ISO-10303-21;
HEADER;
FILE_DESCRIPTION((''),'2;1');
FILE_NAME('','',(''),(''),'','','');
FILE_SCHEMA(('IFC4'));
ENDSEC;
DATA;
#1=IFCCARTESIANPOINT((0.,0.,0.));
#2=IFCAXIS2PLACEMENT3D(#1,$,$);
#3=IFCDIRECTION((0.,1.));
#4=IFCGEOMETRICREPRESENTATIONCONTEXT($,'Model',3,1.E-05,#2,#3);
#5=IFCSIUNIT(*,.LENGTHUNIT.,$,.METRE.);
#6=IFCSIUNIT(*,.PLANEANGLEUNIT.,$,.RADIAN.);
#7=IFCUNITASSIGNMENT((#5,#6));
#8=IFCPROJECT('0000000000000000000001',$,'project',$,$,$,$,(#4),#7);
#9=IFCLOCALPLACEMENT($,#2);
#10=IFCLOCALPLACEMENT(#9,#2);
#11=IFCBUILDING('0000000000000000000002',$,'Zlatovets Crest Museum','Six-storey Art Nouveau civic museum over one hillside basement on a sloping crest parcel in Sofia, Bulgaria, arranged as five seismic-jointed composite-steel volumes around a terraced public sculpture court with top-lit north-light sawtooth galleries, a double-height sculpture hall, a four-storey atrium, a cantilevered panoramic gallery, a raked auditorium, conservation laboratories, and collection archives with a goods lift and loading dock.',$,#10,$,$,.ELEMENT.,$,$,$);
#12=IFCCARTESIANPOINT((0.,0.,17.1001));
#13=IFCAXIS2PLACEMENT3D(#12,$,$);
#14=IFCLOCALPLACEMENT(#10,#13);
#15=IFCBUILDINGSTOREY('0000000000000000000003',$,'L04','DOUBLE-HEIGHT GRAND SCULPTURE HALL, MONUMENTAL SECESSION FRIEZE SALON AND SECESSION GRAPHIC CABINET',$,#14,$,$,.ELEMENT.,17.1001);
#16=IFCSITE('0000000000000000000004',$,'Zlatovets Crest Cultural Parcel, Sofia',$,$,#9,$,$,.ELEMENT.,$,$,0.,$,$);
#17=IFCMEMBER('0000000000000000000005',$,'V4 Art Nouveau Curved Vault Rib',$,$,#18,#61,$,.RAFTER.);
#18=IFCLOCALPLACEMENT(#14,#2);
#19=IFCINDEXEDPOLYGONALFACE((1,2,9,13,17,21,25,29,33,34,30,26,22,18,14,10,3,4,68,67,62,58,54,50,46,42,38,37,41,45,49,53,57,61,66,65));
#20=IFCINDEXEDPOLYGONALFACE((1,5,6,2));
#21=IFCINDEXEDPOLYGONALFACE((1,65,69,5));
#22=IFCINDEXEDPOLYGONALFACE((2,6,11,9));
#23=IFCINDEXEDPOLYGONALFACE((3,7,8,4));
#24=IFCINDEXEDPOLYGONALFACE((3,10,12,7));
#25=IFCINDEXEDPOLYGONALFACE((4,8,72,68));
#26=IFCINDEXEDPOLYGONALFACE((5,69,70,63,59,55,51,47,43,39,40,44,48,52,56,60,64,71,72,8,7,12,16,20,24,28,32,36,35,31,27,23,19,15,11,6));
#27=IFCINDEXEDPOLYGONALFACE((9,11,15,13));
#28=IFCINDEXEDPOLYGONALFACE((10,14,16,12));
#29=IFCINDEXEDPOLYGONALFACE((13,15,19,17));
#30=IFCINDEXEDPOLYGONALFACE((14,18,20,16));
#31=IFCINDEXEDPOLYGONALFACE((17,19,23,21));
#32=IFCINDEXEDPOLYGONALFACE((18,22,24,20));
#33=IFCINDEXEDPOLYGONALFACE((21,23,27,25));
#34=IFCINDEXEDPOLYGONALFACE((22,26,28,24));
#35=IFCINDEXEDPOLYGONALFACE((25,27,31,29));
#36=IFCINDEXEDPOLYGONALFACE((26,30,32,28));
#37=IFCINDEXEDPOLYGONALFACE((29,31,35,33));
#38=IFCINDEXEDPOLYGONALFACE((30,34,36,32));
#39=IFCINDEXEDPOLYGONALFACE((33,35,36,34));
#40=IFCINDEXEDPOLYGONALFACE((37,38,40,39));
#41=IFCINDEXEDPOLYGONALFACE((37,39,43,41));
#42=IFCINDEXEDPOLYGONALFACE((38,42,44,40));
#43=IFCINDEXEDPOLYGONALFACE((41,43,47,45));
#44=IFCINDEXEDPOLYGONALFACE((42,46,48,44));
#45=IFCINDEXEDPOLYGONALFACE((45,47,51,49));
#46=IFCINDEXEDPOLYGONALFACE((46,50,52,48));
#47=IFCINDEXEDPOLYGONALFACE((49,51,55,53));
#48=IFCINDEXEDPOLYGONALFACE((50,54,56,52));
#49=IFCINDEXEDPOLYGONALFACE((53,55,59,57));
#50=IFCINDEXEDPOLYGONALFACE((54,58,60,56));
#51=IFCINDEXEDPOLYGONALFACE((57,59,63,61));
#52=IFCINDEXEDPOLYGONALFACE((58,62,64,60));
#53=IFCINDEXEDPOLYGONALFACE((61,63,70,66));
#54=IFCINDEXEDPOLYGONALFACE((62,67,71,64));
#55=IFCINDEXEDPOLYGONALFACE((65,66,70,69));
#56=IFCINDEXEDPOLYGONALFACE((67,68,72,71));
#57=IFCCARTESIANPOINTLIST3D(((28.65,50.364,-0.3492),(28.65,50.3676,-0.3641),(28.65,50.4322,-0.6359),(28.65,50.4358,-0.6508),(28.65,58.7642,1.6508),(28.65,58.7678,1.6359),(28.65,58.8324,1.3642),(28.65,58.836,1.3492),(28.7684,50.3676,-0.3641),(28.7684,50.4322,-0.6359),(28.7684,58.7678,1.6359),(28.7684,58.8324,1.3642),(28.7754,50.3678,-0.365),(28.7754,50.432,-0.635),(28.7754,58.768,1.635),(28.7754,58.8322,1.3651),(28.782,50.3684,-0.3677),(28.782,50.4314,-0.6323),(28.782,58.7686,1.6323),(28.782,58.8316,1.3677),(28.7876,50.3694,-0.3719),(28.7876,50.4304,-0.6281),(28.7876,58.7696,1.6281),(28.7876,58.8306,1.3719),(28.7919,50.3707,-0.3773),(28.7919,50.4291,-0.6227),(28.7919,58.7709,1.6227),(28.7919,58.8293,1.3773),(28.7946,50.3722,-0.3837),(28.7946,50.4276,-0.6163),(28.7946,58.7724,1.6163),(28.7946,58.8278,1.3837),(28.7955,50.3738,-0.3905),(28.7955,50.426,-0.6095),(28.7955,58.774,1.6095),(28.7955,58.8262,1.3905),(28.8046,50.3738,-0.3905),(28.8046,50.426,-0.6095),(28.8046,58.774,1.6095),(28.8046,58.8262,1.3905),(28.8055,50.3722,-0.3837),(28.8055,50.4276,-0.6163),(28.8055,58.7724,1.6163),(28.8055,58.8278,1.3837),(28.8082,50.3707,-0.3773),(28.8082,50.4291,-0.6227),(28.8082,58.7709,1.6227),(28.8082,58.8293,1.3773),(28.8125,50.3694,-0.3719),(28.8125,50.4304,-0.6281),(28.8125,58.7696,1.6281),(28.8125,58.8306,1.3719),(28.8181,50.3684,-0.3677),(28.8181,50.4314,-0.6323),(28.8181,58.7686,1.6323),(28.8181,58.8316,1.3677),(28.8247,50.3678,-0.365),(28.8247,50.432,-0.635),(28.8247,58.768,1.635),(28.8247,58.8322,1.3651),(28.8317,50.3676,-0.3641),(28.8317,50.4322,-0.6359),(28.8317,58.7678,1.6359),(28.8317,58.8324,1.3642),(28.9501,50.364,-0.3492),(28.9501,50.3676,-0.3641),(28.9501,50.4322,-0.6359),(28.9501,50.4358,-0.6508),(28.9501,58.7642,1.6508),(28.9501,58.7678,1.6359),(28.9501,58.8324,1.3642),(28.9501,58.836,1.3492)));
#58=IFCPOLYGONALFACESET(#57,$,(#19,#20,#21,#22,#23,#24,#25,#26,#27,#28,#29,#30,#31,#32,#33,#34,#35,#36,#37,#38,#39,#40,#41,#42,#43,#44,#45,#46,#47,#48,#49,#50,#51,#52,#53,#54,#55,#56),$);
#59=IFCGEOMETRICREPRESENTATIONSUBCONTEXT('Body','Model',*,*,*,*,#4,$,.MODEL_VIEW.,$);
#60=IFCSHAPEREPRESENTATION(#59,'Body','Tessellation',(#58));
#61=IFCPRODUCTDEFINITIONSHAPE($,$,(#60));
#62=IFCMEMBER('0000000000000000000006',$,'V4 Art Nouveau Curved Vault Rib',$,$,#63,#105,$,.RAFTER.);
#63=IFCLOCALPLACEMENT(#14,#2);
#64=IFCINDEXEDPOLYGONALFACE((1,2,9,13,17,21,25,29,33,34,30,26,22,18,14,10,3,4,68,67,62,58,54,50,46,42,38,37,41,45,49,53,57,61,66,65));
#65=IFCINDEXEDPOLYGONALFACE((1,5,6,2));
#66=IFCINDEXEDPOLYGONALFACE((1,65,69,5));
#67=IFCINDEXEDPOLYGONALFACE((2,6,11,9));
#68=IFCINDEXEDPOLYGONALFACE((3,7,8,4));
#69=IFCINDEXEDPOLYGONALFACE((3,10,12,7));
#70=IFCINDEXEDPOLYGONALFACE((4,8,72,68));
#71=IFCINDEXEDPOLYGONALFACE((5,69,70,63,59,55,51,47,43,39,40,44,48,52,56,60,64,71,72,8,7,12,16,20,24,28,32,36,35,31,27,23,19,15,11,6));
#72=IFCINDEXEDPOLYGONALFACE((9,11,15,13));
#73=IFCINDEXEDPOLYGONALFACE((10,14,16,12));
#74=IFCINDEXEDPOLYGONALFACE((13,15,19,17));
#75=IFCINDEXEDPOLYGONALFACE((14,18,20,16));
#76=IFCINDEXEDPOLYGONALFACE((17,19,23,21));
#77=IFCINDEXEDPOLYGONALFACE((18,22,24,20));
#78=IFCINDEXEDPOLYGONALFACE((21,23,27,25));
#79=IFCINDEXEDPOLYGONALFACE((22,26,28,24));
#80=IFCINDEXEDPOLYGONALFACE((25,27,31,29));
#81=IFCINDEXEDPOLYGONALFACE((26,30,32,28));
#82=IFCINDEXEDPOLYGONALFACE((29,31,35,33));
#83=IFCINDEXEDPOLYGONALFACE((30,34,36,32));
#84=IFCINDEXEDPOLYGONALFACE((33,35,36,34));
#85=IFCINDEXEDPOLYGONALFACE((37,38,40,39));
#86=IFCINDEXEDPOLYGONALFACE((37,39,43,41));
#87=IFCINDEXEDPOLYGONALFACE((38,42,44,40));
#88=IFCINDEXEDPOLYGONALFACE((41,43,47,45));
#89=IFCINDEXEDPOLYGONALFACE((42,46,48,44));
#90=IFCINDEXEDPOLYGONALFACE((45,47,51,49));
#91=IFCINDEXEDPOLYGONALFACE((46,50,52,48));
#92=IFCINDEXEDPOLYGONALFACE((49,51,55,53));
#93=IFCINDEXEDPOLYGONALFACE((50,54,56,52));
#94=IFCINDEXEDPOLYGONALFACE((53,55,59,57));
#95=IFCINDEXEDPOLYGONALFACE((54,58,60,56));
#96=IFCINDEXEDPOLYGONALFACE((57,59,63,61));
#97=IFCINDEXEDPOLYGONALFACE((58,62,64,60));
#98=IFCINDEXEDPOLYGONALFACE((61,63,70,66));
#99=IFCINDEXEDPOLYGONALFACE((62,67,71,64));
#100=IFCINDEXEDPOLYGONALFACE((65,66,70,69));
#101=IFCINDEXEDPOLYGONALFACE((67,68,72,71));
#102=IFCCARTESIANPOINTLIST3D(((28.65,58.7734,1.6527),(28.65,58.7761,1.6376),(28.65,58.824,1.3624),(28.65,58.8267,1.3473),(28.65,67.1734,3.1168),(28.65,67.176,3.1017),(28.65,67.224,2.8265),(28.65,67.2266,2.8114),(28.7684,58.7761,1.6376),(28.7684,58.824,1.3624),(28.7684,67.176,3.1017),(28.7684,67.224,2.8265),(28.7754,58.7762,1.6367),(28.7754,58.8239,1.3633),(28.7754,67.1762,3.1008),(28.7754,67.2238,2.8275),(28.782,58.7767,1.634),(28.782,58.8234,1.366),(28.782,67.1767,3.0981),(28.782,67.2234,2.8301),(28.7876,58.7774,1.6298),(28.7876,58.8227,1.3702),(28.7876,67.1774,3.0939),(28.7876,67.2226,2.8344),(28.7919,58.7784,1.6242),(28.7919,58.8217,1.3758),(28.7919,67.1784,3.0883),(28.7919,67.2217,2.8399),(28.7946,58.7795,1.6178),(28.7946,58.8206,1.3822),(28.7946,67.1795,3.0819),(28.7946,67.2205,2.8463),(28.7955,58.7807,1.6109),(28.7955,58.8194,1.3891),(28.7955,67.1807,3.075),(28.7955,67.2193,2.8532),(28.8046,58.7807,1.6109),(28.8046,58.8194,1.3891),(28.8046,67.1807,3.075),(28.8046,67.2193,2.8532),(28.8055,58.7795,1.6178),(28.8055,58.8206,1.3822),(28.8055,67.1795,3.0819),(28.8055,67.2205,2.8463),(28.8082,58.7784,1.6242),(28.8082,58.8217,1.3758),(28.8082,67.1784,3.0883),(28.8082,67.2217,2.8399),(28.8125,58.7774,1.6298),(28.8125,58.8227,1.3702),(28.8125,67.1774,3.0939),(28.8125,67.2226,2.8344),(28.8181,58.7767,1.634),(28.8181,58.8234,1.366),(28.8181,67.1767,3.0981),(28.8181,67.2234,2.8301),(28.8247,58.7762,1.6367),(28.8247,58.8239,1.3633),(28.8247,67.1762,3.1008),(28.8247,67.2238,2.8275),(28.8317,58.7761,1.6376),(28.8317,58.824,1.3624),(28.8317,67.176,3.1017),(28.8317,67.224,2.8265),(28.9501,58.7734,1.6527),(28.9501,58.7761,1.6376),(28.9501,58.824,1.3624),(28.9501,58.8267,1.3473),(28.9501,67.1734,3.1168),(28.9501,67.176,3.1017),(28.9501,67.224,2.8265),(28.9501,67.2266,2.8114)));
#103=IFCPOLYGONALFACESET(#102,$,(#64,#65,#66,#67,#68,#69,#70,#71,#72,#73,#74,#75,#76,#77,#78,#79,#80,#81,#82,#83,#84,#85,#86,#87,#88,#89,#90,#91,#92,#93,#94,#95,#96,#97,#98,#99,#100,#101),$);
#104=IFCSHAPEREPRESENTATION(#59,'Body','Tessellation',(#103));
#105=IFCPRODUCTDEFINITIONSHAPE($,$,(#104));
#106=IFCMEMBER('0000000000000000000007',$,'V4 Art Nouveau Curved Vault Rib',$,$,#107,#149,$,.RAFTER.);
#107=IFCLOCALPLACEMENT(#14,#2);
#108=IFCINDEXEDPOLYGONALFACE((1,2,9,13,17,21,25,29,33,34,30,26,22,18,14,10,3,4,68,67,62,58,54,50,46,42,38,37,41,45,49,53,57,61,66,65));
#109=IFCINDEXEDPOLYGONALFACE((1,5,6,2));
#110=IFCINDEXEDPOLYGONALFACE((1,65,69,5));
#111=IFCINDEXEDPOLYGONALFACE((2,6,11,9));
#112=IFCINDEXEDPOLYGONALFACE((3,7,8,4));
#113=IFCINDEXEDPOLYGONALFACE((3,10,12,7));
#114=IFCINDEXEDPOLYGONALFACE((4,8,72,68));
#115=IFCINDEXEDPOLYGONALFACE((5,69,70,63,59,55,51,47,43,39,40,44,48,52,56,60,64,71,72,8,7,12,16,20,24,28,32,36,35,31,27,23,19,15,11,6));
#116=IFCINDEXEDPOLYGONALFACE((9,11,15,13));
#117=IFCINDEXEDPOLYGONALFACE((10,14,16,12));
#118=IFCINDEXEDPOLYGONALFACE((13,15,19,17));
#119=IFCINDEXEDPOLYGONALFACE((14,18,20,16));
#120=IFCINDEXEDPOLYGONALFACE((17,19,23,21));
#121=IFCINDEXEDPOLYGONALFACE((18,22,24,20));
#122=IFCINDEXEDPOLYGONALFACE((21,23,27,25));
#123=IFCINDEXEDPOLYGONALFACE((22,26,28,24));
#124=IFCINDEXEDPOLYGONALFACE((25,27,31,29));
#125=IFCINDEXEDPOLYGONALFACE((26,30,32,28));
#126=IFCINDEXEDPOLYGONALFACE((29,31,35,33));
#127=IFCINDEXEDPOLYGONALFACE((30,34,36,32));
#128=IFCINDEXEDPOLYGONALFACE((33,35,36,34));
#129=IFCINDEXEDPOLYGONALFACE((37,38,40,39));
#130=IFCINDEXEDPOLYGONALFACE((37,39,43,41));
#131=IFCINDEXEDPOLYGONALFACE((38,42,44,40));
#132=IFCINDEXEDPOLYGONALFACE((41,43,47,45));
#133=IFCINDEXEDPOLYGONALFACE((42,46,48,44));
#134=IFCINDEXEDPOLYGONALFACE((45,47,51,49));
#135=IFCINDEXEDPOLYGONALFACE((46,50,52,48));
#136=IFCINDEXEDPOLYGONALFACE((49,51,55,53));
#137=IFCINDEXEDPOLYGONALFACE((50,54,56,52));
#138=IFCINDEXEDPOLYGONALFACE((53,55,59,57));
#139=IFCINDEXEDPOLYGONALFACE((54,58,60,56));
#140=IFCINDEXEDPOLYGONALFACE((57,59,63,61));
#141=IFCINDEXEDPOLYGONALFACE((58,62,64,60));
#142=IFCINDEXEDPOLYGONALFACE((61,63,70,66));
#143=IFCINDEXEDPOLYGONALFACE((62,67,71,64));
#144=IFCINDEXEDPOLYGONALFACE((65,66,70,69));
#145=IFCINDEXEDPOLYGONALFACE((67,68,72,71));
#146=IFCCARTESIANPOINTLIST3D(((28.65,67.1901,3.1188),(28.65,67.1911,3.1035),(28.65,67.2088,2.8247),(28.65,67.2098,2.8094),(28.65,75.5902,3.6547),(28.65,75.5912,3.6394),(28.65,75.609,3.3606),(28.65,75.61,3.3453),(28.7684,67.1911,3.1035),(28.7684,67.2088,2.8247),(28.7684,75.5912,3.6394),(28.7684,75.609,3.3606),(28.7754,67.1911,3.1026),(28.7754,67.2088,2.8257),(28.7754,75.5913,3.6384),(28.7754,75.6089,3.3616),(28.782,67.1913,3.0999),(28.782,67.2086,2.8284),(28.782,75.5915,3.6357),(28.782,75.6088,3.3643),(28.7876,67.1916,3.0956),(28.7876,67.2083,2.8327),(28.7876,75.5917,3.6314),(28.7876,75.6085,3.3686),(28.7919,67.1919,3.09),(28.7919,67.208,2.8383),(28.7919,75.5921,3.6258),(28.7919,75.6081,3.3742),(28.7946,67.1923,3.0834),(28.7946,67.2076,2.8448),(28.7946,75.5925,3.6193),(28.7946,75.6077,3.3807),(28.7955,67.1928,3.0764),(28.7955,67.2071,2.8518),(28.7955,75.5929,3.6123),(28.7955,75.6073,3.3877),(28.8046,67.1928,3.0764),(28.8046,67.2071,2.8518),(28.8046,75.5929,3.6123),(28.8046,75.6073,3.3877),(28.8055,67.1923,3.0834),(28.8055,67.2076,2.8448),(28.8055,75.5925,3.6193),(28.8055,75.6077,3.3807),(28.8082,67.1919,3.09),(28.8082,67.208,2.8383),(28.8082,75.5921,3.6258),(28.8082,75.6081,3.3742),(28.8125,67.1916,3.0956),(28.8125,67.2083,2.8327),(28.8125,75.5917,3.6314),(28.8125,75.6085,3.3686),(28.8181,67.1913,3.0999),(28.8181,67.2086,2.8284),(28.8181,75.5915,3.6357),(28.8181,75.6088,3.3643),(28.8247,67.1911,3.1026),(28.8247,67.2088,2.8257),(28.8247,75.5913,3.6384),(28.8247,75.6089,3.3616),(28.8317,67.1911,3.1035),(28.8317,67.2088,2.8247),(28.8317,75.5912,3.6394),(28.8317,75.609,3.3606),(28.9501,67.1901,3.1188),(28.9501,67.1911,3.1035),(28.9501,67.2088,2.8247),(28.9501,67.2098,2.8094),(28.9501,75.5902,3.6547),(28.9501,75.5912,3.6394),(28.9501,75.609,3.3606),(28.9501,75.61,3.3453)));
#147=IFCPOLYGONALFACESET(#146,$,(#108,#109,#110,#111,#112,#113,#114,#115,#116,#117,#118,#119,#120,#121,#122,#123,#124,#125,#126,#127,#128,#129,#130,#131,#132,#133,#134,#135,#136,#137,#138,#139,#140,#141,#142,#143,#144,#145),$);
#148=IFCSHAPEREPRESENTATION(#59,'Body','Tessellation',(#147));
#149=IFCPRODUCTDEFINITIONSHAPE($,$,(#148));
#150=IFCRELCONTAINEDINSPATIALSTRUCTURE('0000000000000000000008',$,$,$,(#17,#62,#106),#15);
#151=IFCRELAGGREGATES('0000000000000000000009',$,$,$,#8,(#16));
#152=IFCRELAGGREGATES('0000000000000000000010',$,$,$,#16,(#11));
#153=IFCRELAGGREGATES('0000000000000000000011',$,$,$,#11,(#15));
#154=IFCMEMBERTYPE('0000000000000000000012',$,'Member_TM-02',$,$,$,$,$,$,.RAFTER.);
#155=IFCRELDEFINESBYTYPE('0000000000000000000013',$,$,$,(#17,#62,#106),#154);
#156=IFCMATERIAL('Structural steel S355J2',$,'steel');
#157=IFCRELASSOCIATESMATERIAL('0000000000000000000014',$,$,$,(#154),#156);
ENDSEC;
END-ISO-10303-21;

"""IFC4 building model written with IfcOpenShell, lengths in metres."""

from ifc_helpers import new_model, si_unit, direction, frame, origin, origin_2d, place, context, subcontext, project, spatial, i_section, extrude, material, material_profile, profile_set, type_object, element, save


model = new_model("IFC4")

# Units and contexts
model_context = context("Model", 3, precision=1e-05, world=origin(), true_north=direction((0.0, 1.0)))
body_context = subcontext(model_context, "Body", "Model", "MODEL_VIEW")
ifc_project = project(units=[si_unit("LENGTHUNIT", "METRE"), si_unit("PLANEANGLEUNIT", "RADIAN")], contexts=[model_context])

# Site, building, storey
site_placement = place(None, origin())
site = spatial("IfcSite", under=ifc_project, at=site_placement, Name="Zlatovets Crest Cultural Parcel, Sofia", CompositionType="ELEMENT", RefElevation=0.0)
building_placement = place(site_placement, origin())
building = spatial("IfcBuilding", under=site, at=building_placement, Name="Zlatovets Crest Museum", Description="Six-storey Art Nouveau civic museum over one hillside basement on a sloping crest parcel in Sofia, Bulgaria, arranged as five seismic-jointed composite-steel volumes around a terraced public sculpture court with top-lit north-light sawtooth galleries, a double-height sculpture hall, a four-storey atrium, a cantilevered panoramic gallery, a raked auditorium, conservation laboratories, and collection archives with a goods lift and loading dock.", CompositionType="ELEMENT")
storey_placement = place(building_placement, frame((0.0, 0.0, 17.1001)))
storey = spatial("IfcBuildingStorey", under=building, at=storey_placement, Name="L04", Description="DOUBLE-HEIGHT GRAND SCULPTURE HALL, MONUMENTAL SECESSION FRIEZE SALON AND SECESSION GRAPHIC CABINET", CompositionType="ELEMENT", Elevation=17.1001)

# Shared definitions
ifc_material_1 = material(Name="Structural steel S355J2", Category="steel")

# Members
ifc_material_profile_1 = material_profile(ifc_material_1, i_section(OverallWidth=0.3, OverallDepth=0.3101, WebThickness=0.009, FlangeThickness=0.0154, FilletRadius=0.0271, at=origin_2d()), Name="HEA 320")
ifc_profile_set_1 = profile_set([ifc_material_profile_1], Name="Structural steel S355J2")
member_type_1 = type_object("IfcMemberType", Name="Member_TM-02", PredefinedType="RAFTER", material=ifc_profile_set_1)
member_1_placement = place(storey_placement, frame((28.8, 50.3999, -0.5), z_axis=(0.0, 0.972807, 0.231617), x_axis=(-1.0, 0.0, 0.0)))
element("IfcMember", 1, at=member_1_placement, inside=storey, type_object=member_type_1, Name="V4 Art Nouveau Curved Vault Rib", PredefinedType="RAFTER", context=body_context, shape_type="SweptSolid", body=[
    extrude(i_section(OverallWidth=0.3, OverallDepth=0.3101, WebThickness=0.009, FlangeThickness=0.0154, FilletRadius=0.0271, at=origin_2d()), origin(), (0.0, 0.0, 1.0), 8.635),
])
member_2_placement = place(storey_placement, frame((28.8, 58.8, 1.5), z_axis=(0.0, 0.985147, 0.171712), x_axis=(-1.0, 0.0, 0.0)))
element("IfcMember", 2, at=member_2_placement, inside=storey, type_object=member_type_1, Name="V4 Art Nouveau Curved Vault Rib", PredefinedType="RAFTER", context=body_context, shape_type="SweptSolid", body=[
    extrude(i_section(OverallWidth=0.3, OverallDepth=0.3101, WebThickness=0.009, FlangeThickness=0.0154, FilletRadius=0.0271, at=origin_2d()), origin(), (0.0, 0.0, 1.0), 8.5266),
])
member_3_placement = place(storey_placement, frame((28.8, 67.2, 2.9641), z_axis=(0.0, 0.997971, 0.063666), x_axis=(-1.0, 0.0, 0.0)))
element("IfcMember", 3, at=member_3_placement, inside=storey, type_object=member_type_1, Name="V4 Art Nouveau Curved Vault Rib", PredefinedType="RAFTER", context=body_context, shape_type="SweptSolid", body=[
    extrude(i_section(OverallWidth=0.3, OverallDepth=0.3101, WebThickness=0.009, FlangeThickness=0.0154, FilletRadius=0.0271, at=origin_2d()), origin(), (0.0, 0.0, 1.0), 8.4172),
])

save(model, "model.ifc")
